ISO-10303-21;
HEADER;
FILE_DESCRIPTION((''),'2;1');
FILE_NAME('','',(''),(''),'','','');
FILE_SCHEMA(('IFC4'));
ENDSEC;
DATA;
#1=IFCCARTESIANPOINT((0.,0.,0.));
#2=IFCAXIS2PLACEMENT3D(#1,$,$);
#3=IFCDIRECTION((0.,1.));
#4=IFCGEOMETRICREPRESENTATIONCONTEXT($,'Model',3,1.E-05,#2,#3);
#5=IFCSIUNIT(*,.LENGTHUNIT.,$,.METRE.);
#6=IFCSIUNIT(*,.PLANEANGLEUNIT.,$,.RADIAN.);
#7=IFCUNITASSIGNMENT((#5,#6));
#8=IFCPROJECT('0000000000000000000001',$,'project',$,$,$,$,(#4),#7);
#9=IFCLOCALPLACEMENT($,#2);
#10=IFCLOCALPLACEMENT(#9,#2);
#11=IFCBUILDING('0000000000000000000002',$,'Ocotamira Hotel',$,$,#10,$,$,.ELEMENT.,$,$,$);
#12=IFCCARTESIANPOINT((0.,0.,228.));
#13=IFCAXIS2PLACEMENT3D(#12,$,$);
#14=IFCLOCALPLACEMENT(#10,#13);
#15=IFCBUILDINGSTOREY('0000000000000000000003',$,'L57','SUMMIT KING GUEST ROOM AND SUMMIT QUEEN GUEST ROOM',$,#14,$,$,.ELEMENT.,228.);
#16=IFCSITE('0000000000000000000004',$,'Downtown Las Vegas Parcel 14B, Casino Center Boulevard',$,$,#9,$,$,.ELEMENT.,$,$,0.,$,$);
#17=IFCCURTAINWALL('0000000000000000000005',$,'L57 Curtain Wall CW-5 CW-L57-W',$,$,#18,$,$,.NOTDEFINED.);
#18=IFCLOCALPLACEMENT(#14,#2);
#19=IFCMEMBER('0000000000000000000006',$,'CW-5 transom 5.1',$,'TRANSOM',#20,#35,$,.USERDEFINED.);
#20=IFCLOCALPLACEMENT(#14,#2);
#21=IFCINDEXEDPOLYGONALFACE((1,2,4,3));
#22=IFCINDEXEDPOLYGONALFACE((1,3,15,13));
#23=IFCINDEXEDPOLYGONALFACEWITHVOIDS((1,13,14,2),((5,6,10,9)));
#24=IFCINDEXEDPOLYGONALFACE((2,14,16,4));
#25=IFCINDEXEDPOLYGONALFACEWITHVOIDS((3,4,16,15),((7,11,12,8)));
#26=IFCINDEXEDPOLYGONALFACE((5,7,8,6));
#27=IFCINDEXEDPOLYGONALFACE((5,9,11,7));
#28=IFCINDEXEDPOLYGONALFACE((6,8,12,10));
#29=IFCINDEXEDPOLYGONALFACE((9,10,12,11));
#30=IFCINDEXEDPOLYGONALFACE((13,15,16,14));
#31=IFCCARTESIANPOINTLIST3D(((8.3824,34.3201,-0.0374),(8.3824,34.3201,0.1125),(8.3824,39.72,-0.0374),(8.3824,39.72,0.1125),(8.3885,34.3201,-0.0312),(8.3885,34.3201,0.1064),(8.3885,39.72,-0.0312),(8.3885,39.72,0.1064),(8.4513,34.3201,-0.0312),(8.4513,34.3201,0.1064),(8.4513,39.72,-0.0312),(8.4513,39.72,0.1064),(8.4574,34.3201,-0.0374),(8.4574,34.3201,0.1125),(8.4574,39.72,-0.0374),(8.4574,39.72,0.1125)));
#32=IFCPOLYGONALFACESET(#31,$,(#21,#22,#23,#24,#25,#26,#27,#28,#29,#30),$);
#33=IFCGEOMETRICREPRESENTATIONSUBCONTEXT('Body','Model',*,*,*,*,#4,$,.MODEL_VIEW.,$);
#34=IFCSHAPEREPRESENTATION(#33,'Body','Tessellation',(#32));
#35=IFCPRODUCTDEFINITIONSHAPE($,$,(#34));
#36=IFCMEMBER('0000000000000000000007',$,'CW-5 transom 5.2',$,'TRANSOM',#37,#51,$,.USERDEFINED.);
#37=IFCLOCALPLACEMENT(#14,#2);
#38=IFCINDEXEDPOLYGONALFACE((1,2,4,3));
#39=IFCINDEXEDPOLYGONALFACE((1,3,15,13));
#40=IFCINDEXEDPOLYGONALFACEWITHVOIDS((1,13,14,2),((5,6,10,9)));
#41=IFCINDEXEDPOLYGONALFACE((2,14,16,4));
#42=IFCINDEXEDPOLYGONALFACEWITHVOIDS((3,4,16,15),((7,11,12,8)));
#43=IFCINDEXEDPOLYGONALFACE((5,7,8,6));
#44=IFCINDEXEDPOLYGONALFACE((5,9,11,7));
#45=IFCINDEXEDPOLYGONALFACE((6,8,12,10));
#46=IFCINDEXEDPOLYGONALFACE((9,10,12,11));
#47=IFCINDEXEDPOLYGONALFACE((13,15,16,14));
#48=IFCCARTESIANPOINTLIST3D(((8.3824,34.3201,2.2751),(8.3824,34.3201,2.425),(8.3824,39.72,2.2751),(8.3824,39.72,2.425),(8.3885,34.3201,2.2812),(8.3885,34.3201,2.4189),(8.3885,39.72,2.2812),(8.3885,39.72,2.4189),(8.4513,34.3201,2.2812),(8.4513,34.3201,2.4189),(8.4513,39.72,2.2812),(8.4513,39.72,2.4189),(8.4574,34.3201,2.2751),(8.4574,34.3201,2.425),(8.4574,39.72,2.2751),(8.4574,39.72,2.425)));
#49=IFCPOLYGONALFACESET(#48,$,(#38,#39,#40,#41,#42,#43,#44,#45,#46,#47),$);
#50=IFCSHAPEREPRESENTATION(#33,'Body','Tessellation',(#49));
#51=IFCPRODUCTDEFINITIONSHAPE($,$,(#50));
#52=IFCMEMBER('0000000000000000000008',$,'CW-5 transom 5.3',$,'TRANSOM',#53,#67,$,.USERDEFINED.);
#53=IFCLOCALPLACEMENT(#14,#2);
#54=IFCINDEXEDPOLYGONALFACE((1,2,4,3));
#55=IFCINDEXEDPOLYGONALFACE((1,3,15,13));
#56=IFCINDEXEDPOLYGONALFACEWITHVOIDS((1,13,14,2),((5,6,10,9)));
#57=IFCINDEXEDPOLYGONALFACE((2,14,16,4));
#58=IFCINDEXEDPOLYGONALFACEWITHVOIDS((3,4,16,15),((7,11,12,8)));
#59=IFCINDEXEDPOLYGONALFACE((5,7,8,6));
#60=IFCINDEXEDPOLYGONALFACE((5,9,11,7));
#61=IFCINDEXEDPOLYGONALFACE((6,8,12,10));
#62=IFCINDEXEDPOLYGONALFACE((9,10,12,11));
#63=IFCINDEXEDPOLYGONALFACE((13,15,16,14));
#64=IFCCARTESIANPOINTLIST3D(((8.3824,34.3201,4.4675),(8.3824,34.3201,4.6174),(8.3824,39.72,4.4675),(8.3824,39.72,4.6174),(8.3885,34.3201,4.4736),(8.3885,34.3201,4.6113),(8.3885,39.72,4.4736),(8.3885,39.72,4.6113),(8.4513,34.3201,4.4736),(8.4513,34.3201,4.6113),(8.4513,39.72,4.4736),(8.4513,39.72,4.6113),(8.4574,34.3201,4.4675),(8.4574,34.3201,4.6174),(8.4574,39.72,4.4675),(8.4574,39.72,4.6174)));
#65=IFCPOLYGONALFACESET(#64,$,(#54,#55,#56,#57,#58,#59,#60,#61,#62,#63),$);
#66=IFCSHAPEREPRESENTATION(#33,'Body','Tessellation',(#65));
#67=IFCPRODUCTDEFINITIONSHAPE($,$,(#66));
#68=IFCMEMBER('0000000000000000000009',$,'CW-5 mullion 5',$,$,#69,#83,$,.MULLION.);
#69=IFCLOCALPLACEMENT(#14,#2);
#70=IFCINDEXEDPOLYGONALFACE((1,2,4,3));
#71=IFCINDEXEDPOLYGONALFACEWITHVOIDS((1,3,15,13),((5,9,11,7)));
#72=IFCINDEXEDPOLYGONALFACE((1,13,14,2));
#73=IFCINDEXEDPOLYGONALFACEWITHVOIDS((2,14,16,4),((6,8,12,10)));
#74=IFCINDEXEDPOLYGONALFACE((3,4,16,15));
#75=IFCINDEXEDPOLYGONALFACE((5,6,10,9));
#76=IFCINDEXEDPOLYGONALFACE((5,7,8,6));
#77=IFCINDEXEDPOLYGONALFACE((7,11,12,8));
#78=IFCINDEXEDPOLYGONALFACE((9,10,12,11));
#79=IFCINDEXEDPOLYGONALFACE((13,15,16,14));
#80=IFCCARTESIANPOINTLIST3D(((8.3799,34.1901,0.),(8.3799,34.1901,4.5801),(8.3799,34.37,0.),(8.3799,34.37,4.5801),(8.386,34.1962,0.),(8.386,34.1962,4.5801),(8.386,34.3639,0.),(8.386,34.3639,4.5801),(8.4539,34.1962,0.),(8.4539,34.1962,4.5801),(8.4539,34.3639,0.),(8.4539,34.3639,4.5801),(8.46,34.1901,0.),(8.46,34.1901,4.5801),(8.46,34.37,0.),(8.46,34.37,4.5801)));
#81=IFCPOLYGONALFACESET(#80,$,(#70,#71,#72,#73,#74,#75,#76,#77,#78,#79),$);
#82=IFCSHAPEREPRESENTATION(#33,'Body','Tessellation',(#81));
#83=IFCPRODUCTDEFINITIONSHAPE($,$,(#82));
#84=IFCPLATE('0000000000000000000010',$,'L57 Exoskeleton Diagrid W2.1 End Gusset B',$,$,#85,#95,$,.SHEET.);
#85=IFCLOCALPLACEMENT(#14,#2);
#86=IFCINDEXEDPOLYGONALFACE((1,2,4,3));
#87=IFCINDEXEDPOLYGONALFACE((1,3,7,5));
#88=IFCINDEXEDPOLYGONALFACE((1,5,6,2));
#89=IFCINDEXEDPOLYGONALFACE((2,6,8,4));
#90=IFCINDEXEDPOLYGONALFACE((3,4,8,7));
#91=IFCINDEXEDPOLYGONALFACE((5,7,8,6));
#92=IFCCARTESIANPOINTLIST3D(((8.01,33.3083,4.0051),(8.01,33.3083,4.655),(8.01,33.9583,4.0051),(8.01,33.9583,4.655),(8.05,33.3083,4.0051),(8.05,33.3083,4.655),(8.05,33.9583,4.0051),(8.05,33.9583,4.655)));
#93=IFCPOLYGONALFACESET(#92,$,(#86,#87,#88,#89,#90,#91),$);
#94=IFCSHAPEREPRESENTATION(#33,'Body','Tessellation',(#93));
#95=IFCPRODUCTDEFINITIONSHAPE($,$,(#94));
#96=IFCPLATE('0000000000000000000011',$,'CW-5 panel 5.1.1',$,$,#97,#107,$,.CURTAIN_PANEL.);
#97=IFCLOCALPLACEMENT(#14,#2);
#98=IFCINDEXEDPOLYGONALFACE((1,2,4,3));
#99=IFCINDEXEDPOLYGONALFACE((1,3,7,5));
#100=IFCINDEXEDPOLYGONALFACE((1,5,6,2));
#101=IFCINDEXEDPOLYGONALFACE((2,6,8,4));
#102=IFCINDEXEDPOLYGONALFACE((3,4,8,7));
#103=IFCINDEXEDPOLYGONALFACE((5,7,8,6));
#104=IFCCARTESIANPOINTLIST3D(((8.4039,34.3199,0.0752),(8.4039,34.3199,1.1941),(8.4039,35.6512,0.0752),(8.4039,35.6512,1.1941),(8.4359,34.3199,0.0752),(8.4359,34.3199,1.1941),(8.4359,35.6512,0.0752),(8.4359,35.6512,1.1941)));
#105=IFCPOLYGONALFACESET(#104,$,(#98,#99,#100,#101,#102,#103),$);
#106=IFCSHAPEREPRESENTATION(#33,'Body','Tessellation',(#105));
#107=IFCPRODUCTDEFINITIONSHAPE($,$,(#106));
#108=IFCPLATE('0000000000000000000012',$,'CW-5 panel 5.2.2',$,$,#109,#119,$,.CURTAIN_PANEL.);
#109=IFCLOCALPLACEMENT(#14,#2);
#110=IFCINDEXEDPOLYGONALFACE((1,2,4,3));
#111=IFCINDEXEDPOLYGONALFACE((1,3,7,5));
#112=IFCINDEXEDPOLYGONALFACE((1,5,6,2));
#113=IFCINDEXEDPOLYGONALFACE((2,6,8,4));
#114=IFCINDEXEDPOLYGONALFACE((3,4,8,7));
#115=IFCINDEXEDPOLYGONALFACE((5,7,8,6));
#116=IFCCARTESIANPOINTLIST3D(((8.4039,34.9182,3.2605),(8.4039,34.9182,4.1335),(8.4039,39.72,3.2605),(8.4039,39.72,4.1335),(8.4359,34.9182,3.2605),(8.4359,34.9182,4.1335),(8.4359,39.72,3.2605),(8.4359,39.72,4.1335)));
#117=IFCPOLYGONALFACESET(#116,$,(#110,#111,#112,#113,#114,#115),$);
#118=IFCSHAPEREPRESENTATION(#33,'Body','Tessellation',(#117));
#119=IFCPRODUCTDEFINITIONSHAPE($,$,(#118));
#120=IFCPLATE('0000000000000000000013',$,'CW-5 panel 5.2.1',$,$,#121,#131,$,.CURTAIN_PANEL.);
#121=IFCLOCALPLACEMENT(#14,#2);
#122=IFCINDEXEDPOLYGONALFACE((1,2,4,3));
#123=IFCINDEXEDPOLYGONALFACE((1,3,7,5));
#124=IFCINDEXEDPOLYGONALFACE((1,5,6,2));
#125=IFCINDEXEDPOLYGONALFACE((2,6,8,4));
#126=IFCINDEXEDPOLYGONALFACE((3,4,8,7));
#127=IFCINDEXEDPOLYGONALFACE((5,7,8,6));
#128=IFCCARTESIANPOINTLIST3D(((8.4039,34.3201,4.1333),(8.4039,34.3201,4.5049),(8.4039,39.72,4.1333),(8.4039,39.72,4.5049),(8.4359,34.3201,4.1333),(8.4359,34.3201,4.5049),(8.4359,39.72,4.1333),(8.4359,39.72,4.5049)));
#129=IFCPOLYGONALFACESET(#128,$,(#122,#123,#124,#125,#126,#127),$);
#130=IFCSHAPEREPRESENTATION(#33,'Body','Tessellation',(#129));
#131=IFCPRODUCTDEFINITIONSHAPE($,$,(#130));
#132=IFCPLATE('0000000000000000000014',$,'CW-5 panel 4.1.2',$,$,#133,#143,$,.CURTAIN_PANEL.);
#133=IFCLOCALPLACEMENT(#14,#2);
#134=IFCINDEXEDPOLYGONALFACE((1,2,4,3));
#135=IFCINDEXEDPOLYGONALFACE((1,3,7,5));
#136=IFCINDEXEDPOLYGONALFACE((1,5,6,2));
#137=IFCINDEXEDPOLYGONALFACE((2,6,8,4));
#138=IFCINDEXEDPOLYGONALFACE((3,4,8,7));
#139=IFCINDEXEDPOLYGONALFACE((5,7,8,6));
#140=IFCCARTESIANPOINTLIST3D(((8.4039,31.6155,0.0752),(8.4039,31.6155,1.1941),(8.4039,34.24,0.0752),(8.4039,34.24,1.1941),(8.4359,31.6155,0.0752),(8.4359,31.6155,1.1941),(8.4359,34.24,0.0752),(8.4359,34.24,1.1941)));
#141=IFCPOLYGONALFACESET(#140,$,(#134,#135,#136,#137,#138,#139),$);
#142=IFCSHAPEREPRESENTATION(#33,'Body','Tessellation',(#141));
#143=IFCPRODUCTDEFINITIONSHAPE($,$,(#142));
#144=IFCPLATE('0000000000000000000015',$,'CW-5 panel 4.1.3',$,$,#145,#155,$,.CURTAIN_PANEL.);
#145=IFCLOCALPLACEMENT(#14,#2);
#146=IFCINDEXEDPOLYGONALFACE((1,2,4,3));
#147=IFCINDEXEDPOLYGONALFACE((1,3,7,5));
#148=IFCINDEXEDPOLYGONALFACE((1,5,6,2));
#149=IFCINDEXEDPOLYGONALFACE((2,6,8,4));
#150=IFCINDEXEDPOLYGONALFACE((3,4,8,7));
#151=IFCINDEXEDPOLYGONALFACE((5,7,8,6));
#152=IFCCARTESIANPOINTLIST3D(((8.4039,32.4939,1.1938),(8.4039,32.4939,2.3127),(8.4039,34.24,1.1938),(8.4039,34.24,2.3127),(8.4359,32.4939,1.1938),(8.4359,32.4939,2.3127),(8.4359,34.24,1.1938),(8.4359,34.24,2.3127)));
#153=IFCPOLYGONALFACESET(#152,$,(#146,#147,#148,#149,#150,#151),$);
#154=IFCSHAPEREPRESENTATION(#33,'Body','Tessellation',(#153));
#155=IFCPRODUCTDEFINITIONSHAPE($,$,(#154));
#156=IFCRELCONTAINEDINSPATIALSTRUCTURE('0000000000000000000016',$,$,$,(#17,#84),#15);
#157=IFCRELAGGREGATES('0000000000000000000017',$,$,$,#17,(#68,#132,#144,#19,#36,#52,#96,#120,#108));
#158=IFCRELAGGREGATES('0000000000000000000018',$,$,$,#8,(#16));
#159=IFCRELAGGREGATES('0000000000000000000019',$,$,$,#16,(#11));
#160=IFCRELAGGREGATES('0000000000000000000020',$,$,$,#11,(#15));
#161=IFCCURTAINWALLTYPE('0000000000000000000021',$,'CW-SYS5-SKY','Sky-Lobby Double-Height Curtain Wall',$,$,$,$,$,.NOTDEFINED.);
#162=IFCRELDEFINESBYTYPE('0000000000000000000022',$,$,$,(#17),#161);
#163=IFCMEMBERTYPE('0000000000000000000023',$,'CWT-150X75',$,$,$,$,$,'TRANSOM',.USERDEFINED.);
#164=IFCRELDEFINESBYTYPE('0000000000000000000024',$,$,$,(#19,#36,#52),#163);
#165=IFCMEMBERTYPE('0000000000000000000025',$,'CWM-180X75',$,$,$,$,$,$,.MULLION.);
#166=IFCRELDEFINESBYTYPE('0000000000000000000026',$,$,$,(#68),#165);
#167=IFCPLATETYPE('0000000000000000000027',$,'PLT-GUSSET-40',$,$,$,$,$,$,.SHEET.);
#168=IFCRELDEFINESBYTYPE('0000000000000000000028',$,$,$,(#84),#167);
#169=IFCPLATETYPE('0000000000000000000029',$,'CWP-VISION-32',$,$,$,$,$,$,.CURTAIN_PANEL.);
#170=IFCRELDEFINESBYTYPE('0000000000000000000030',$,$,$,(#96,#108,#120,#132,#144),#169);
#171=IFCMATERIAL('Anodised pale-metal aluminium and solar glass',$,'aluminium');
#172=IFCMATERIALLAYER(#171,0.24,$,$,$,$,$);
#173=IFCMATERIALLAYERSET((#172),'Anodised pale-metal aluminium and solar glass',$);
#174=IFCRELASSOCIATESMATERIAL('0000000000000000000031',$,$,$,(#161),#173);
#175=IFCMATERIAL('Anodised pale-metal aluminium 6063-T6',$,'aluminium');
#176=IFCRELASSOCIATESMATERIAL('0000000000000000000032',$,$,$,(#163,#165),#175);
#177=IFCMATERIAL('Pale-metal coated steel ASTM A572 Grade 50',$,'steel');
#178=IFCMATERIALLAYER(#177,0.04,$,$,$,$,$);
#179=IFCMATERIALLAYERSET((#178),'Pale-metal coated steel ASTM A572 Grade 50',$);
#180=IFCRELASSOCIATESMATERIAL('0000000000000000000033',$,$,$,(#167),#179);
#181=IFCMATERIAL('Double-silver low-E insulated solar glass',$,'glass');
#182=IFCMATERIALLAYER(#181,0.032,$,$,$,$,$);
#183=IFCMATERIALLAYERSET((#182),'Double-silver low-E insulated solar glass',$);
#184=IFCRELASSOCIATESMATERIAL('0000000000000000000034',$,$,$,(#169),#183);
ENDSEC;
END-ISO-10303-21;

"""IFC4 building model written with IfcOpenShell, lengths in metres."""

from ifc_helpers import new_model, si_unit, direction, frame, origin, origin_2d, place, context, subcontext, project, spatial, rectangle, hollow_rectangle, extrude, source, transform, mapped, material, layer, layer_set, material_profile, profile_set, type_object, element, aggregate, save


model = new_model("IFC4")

# Units and contexts
model_context = context("Model", 3, precision=1e-05, world=origin(), true_north=direction((0.0, 1.0)))
body_context = subcontext(model_context, "Body", "Model", "MODEL_VIEW")
ifc_project = project(units=[si_unit("LENGTHUNIT", "METRE"), si_unit("PLANEANGLEUNIT", "RADIAN")], contexts=[model_context])

# Site, building, storey
site_placement = place(None, origin())
site = spatial("IfcSite", under=ifc_project, at=site_placement, Name="Downtown Las Vegas Parcel 14B, Casino Center Boulevard", CompositionType="ELEMENT", RefElevation=0.0)
building_placement = place(site_placement, origin())
building = spatial("IfcBuilding", under=site, at=building_placement, Name="Ocotamira Hotel", CompositionType="ELEMENT")
storey_placement = place(building_placement, frame((0.0, 0.0, 228.0)))
storey = spatial("IfcBuildingStorey", under=building, at=storey_placement, Name="L57", Description="SUMMIT KING GUEST ROOM AND SUMMIT QUEEN GUEST ROOM", CompositionType="ELEMENT", Elevation=228.0)

# Curtain wall, members
ifc_material_1 = material(Name="Anodised pale-metal aluminium and solar glass", Category="aluminium")
ifc_layer_1 = layer(ifc_material_1, 0.24)
ifc_layer_set_1 = layer_set([ifc_layer_1], Name="Anodised pale-metal aluminium and solar glass")
curtain_wall_type = type_object("IfcCurtainWallType", Name="CW-SYS5-SKY", Description="Sky-Lobby Double-Height Curtain Wall", PredefinedType="NOTDEFINED", material=ifc_layer_set_1)
curtain_wall_placement = place(storey_placement, origin())
curtain_wall = element("IfcCurtainWall", 1, at=curtain_wall_placement, inside=storey, type_object=curtain_wall_type, Name="L57 Curtain Wall CW-5 CW-L57-W", PredefinedType="NOTDEFINED")
ifc_material_2 = material(Name="Anodised pale-metal aluminium 6063-T6", Category="aluminium")
ifc_material_profile_1 = material_profile(ifc_material_2, hollow_rectangle(XDim=0.075, YDim=0.1499, WallThickness=0.0061, at=origin_2d()), Name="HSS150X75X6")
ifc_profile_set_1 = profile_set([ifc_material_profile_1], Name="Anodised pale-metal aluminium 6063-T6")
member_type_1 = type_object("IfcMemberType", Name="CWT-150X75", ElementType="TRANSOM", PredefinedType="USERDEFINED", material=ifc_profile_set_1)
shared_shape_1 = source(origin(), body_context, "Body", "SweptSolid", [
    extrude(hollow_rectangle(XDim=0.075, YDim=0.1499, WallThickness=0.0061, at=origin_2d()), origin(), (0.0, 0.0, 1.0), 5.3999),
])
member_1_placement = place(storey_placement, frame((8.4199, 34.3201, 0.0376), z_axis=(0.0, 1.0, 0.0), x_axis=(-1.0, 0.0, 0.0)))
member_1 = element("IfcMember", 2, at=member_1_placement, type_object=member_type_1, Name="CW-5 transom 5.1", ObjectType="TRANSOM", PredefinedType="USERDEFINED", context=body_context, shape_type="MappedRepresentation", body=[
    mapped(shared_shape_1, transform((0.0, 0.0, 0.0), scale=1.0)),
])
member_2_placement = place(storey_placement, frame((8.4199, 34.3201, 2.3501), z_axis=(0.0, 1.0, 0.0), x_axis=(-1.0, 0.0, 0.0)))
member_2 = element("IfcMember", 3, at=member_2_placement, type_object=member_type_1, Name="CW-5 transom 5.2", ObjectType="TRANSOM", PredefinedType="USERDEFINED", context=body_context, shape_type="MappedRepresentation", body=[
    mapped(shared_shape_1, transform((0.0, 0.0, 0.0), scale=1.0)),
])
member_3_placement = place(storey_placement, frame((8.4199, 34.3201, 4.5425), z_axis=(0.0, 1.0, 0.0), x_axis=(-1.0, 0.0, 0.0)))
member_3 = element("IfcMember", 4, at=member_3_placement, type_object=member_type_1, Name="CW-5 transom 5.3", ObjectType="TRANSOM", PredefinedType="USERDEFINED", context=body_context, shape_type="MappedRepresentation", body=[
    mapped(shared_shape_1, transform((0.0, 0.0, 0.0), scale=1.0)),
])
ifc_material_profile_2 = material_profile(ifc_material_2, hollow_rectangle(XDim=0.0801, YDim=0.1799, WallThickness=0.0061, at=origin_2d()), Name="HSS180X80X6")
ifc_profile_set_2 = profile_set([ifc_material_profile_2], Name="Anodised pale-metal aluminium 6063-T6")
member_type_2 = type_object("IfcMemberType", Name="CWM-180X75", PredefinedType="MULLION", material=ifc_profile_set_2)
shared_shape_2 = source(origin(), body_context, "Body", "SweptSolid", [
    extrude(hollow_rectangle(XDim=0.0801, YDim=0.1799, WallThickness=0.0061, at=origin_2d()), origin(), (0.0, 0.0, 1.0), 4.5801),
])
member_4_placement = place(storey_placement, frame((8.4199, 34.28, 0.0), z_axis=(0.0, 0.0, 1.0), x_axis=(-1.0, 0.0, 0.0)))
member_4 = element("IfcMember", 5, at=member_4_placement, type_object=member_type_2, Name="CW-5 mullion 5", PredefinedType="MULLION", context=body_context, shape_type="MappedRepresentation", body=[
    mapped(shared_shape_2, transform((0.0, 0.0, 0.0), scale=1.0)),
])

# Plates
ifc_material_3 = material(Name="Pale-metal coated steel ASTM A572 Grade 50", Category="steel")
ifc_layer_2 = layer(ifc_material_3, 0.04)
ifc_layer_set_2 = layer_set([ifc_layer_2], Name="Pale-metal coated steel ASTM A572 Grade 50")
plate_type_1 = type_object("IfcPlateType", Name="PLT-GUSSET-40", PredefinedType="SHEET", material=ifc_layer_set_2)
shared_shape_3 = source(origin(), body_context, "Body", "SweptSolid", [
    extrude(rectangle(XDim=0.04, YDim=0.6499, at=origin_2d()), origin(), (0.0, 0.0, 1.0), 0.6499),
])
plate_1_placement = place(storey_placement, frame((8.03, 33.6333, 4.0051), z_axis=(0.0, 0.0, 1.0), x_axis=(1.0, 0.0, 0.0)))
element("IfcPlate", 6, at=plate_1_placement, inside=storey, type_object=plate_type_1, Name="L57 Exoskeleton Diagrid W2.1 End Gusset B", PredefinedType="SHEET", context=body_context, shape_type="MappedRepresentation", body=[
    mapped(shared_shape_3, transform((0.0, 0.0, 0.0), scale=1.0)),
])
ifc_material_4 = material(Name="Double-silver low-E insulated solar glass", Category="glass")
ifc_layer_3 = layer(ifc_material_4, 0.032)
ifc_layer_set_3 = layer_set([ifc_layer_3], Name="Double-silver low-E insulated solar glass")
plate_type_2 = type_object("IfcPlateType", Name="CWP-VISION-32", PredefinedType="CURTAIN_PANEL", material=ifc_layer_set_3)
shared_shape_4 = source(origin(), body_context, "Body", "SweptSolid", [
    extrude(rectangle(XDim=1.3313, YDim=0.032, at=origin_2d()), origin(), (0.0, 0.0, 1.0), 1.1189),
])
plate_2_placement = place(storey_placement, frame((8.4199, 34.9856, 0.0752), z_axis=(0.0, 0.0, 1.0), x_axis=(0.0, 1.0, 0.0)))
plate_2 = element("IfcPlate", 7, at=plate_2_placement, type_object=plate_type_2, Name="CW-5 panel 5.1.1", PredefinedType="CURTAIN_PANEL", context=body_context, shape_type="MappedRepresentation", body=[
    mapped(shared_shape_4, transform((0.0, 0.0, 0.0), scale=1.0)),
])
shared_shape_5 = source(origin(), body_context, "Body", "SweptSolid", [
    extrude(rectangle(XDim=4.8018, YDim=0.032, at=origin_2d()), origin(), (0.0, 0.0, 1.0), 0.873),
])
plate_3_placement = place(storey_placement, frame((8.4199, 37.3191, 3.2605), z_axis=(0.0, 0.0, 1.0), x_axis=(0.0, 1.0, 0.0)))
plate_3 = element("IfcPlate", 8, at=plate_3_placement, type_object=plate_type_2, Name="CW-5 panel 5.2.2", PredefinedType="CURTAIN_PANEL", context=body_context, shape_type="MappedRepresentation", body=[
    mapped(shared_shape_5, transform((0.0, 0.0, 0.0), scale=1.0)),
])
shared_shape_6 = source(origin(), body_context, "Body", "SweptSolid", [
    extrude(rectangle(XDim=5.3999, YDim=0.032, at=origin_2d()), origin(), (0.0, 0.0, 1.0), 0.3716),
])
plate_4_placement = place(storey_placement, frame((8.4199, 37.02, 4.1333), z_axis=(0.0, 0.0, 1.0), x_axis=(0.0, 1.0, 0.0)))
plate_4 = element("IfcPlate", 9, at=plate_4_placement, type_object=plate_type_2, Name="CW-5 panel 5.2.1", PredefinedType="CURTAIN_PANEL", context=body_context, shape_type="MappedRepresentation", body=[
    mapped(shared_shape_6, transform((0.0, 0.0, 0.0), scale=1.0)),
])
shared_shape_7 = source(origin(), body_context, "Body", "SweptSolid", [
    extrude(rectangle(XDim=2.6245, YDim=0.032, at=origin_2d()), origin(), (0.0, 0.0, 1.0), 1.1189),
])
plate_5_placement = place(storey_placement, frame((8.4199, 32.9277, 0.0752), z_axis=(0.0, 0.0, 1.0), x_axis=(0.0, 1.0, 0.0)))
plate_5 = element("IfcPlate", 10, at=plate_5_placement, type_object=plate_type_2, Name="CW-5 panel 4.1.2", PredefinedType="CURTAIN_PANEL", context=body_context, shape_type="MappedRepresentation", body=[
    mapped(shared_shape_7, transform((0.0, 0.0, 0.0), scale=1.0)),
])
shared_shape_8 = source(origin(), body_context, "Body", "SweptSolid", [
    extrude(rectangle(XDim=1.7461, YDim=0.032, at=origin_2d()), origin(), (0.0, 0.0, 1.0), 1.1189),
])
plate_6_placement = place(storey_placement, frame((8.4199, 33.3669, 1.1938), z_axis=(0.0, 0.0, 1.0), x_axis=(0.0, 1.0, 0.0)))
plate_6 = element("IfcPlate", 11, at=plate_6_placement, type_object=plate_type_2, Name="CW-5 panel 4.1.3", PredefinedType="CURTAIN_PANEL", context=body_context, shape_type="MappedRepresentation", body=[
    mapped(shared_shape_8, transform((0.0, 0.0, 0.0), scale=1.0)),
])
aggregate(curtain_wall, [member_4, plate_5, plate_6, member_1, member_2, member_3, plate_2, plate_4, plate_3])

save(model, "model.ifc")
